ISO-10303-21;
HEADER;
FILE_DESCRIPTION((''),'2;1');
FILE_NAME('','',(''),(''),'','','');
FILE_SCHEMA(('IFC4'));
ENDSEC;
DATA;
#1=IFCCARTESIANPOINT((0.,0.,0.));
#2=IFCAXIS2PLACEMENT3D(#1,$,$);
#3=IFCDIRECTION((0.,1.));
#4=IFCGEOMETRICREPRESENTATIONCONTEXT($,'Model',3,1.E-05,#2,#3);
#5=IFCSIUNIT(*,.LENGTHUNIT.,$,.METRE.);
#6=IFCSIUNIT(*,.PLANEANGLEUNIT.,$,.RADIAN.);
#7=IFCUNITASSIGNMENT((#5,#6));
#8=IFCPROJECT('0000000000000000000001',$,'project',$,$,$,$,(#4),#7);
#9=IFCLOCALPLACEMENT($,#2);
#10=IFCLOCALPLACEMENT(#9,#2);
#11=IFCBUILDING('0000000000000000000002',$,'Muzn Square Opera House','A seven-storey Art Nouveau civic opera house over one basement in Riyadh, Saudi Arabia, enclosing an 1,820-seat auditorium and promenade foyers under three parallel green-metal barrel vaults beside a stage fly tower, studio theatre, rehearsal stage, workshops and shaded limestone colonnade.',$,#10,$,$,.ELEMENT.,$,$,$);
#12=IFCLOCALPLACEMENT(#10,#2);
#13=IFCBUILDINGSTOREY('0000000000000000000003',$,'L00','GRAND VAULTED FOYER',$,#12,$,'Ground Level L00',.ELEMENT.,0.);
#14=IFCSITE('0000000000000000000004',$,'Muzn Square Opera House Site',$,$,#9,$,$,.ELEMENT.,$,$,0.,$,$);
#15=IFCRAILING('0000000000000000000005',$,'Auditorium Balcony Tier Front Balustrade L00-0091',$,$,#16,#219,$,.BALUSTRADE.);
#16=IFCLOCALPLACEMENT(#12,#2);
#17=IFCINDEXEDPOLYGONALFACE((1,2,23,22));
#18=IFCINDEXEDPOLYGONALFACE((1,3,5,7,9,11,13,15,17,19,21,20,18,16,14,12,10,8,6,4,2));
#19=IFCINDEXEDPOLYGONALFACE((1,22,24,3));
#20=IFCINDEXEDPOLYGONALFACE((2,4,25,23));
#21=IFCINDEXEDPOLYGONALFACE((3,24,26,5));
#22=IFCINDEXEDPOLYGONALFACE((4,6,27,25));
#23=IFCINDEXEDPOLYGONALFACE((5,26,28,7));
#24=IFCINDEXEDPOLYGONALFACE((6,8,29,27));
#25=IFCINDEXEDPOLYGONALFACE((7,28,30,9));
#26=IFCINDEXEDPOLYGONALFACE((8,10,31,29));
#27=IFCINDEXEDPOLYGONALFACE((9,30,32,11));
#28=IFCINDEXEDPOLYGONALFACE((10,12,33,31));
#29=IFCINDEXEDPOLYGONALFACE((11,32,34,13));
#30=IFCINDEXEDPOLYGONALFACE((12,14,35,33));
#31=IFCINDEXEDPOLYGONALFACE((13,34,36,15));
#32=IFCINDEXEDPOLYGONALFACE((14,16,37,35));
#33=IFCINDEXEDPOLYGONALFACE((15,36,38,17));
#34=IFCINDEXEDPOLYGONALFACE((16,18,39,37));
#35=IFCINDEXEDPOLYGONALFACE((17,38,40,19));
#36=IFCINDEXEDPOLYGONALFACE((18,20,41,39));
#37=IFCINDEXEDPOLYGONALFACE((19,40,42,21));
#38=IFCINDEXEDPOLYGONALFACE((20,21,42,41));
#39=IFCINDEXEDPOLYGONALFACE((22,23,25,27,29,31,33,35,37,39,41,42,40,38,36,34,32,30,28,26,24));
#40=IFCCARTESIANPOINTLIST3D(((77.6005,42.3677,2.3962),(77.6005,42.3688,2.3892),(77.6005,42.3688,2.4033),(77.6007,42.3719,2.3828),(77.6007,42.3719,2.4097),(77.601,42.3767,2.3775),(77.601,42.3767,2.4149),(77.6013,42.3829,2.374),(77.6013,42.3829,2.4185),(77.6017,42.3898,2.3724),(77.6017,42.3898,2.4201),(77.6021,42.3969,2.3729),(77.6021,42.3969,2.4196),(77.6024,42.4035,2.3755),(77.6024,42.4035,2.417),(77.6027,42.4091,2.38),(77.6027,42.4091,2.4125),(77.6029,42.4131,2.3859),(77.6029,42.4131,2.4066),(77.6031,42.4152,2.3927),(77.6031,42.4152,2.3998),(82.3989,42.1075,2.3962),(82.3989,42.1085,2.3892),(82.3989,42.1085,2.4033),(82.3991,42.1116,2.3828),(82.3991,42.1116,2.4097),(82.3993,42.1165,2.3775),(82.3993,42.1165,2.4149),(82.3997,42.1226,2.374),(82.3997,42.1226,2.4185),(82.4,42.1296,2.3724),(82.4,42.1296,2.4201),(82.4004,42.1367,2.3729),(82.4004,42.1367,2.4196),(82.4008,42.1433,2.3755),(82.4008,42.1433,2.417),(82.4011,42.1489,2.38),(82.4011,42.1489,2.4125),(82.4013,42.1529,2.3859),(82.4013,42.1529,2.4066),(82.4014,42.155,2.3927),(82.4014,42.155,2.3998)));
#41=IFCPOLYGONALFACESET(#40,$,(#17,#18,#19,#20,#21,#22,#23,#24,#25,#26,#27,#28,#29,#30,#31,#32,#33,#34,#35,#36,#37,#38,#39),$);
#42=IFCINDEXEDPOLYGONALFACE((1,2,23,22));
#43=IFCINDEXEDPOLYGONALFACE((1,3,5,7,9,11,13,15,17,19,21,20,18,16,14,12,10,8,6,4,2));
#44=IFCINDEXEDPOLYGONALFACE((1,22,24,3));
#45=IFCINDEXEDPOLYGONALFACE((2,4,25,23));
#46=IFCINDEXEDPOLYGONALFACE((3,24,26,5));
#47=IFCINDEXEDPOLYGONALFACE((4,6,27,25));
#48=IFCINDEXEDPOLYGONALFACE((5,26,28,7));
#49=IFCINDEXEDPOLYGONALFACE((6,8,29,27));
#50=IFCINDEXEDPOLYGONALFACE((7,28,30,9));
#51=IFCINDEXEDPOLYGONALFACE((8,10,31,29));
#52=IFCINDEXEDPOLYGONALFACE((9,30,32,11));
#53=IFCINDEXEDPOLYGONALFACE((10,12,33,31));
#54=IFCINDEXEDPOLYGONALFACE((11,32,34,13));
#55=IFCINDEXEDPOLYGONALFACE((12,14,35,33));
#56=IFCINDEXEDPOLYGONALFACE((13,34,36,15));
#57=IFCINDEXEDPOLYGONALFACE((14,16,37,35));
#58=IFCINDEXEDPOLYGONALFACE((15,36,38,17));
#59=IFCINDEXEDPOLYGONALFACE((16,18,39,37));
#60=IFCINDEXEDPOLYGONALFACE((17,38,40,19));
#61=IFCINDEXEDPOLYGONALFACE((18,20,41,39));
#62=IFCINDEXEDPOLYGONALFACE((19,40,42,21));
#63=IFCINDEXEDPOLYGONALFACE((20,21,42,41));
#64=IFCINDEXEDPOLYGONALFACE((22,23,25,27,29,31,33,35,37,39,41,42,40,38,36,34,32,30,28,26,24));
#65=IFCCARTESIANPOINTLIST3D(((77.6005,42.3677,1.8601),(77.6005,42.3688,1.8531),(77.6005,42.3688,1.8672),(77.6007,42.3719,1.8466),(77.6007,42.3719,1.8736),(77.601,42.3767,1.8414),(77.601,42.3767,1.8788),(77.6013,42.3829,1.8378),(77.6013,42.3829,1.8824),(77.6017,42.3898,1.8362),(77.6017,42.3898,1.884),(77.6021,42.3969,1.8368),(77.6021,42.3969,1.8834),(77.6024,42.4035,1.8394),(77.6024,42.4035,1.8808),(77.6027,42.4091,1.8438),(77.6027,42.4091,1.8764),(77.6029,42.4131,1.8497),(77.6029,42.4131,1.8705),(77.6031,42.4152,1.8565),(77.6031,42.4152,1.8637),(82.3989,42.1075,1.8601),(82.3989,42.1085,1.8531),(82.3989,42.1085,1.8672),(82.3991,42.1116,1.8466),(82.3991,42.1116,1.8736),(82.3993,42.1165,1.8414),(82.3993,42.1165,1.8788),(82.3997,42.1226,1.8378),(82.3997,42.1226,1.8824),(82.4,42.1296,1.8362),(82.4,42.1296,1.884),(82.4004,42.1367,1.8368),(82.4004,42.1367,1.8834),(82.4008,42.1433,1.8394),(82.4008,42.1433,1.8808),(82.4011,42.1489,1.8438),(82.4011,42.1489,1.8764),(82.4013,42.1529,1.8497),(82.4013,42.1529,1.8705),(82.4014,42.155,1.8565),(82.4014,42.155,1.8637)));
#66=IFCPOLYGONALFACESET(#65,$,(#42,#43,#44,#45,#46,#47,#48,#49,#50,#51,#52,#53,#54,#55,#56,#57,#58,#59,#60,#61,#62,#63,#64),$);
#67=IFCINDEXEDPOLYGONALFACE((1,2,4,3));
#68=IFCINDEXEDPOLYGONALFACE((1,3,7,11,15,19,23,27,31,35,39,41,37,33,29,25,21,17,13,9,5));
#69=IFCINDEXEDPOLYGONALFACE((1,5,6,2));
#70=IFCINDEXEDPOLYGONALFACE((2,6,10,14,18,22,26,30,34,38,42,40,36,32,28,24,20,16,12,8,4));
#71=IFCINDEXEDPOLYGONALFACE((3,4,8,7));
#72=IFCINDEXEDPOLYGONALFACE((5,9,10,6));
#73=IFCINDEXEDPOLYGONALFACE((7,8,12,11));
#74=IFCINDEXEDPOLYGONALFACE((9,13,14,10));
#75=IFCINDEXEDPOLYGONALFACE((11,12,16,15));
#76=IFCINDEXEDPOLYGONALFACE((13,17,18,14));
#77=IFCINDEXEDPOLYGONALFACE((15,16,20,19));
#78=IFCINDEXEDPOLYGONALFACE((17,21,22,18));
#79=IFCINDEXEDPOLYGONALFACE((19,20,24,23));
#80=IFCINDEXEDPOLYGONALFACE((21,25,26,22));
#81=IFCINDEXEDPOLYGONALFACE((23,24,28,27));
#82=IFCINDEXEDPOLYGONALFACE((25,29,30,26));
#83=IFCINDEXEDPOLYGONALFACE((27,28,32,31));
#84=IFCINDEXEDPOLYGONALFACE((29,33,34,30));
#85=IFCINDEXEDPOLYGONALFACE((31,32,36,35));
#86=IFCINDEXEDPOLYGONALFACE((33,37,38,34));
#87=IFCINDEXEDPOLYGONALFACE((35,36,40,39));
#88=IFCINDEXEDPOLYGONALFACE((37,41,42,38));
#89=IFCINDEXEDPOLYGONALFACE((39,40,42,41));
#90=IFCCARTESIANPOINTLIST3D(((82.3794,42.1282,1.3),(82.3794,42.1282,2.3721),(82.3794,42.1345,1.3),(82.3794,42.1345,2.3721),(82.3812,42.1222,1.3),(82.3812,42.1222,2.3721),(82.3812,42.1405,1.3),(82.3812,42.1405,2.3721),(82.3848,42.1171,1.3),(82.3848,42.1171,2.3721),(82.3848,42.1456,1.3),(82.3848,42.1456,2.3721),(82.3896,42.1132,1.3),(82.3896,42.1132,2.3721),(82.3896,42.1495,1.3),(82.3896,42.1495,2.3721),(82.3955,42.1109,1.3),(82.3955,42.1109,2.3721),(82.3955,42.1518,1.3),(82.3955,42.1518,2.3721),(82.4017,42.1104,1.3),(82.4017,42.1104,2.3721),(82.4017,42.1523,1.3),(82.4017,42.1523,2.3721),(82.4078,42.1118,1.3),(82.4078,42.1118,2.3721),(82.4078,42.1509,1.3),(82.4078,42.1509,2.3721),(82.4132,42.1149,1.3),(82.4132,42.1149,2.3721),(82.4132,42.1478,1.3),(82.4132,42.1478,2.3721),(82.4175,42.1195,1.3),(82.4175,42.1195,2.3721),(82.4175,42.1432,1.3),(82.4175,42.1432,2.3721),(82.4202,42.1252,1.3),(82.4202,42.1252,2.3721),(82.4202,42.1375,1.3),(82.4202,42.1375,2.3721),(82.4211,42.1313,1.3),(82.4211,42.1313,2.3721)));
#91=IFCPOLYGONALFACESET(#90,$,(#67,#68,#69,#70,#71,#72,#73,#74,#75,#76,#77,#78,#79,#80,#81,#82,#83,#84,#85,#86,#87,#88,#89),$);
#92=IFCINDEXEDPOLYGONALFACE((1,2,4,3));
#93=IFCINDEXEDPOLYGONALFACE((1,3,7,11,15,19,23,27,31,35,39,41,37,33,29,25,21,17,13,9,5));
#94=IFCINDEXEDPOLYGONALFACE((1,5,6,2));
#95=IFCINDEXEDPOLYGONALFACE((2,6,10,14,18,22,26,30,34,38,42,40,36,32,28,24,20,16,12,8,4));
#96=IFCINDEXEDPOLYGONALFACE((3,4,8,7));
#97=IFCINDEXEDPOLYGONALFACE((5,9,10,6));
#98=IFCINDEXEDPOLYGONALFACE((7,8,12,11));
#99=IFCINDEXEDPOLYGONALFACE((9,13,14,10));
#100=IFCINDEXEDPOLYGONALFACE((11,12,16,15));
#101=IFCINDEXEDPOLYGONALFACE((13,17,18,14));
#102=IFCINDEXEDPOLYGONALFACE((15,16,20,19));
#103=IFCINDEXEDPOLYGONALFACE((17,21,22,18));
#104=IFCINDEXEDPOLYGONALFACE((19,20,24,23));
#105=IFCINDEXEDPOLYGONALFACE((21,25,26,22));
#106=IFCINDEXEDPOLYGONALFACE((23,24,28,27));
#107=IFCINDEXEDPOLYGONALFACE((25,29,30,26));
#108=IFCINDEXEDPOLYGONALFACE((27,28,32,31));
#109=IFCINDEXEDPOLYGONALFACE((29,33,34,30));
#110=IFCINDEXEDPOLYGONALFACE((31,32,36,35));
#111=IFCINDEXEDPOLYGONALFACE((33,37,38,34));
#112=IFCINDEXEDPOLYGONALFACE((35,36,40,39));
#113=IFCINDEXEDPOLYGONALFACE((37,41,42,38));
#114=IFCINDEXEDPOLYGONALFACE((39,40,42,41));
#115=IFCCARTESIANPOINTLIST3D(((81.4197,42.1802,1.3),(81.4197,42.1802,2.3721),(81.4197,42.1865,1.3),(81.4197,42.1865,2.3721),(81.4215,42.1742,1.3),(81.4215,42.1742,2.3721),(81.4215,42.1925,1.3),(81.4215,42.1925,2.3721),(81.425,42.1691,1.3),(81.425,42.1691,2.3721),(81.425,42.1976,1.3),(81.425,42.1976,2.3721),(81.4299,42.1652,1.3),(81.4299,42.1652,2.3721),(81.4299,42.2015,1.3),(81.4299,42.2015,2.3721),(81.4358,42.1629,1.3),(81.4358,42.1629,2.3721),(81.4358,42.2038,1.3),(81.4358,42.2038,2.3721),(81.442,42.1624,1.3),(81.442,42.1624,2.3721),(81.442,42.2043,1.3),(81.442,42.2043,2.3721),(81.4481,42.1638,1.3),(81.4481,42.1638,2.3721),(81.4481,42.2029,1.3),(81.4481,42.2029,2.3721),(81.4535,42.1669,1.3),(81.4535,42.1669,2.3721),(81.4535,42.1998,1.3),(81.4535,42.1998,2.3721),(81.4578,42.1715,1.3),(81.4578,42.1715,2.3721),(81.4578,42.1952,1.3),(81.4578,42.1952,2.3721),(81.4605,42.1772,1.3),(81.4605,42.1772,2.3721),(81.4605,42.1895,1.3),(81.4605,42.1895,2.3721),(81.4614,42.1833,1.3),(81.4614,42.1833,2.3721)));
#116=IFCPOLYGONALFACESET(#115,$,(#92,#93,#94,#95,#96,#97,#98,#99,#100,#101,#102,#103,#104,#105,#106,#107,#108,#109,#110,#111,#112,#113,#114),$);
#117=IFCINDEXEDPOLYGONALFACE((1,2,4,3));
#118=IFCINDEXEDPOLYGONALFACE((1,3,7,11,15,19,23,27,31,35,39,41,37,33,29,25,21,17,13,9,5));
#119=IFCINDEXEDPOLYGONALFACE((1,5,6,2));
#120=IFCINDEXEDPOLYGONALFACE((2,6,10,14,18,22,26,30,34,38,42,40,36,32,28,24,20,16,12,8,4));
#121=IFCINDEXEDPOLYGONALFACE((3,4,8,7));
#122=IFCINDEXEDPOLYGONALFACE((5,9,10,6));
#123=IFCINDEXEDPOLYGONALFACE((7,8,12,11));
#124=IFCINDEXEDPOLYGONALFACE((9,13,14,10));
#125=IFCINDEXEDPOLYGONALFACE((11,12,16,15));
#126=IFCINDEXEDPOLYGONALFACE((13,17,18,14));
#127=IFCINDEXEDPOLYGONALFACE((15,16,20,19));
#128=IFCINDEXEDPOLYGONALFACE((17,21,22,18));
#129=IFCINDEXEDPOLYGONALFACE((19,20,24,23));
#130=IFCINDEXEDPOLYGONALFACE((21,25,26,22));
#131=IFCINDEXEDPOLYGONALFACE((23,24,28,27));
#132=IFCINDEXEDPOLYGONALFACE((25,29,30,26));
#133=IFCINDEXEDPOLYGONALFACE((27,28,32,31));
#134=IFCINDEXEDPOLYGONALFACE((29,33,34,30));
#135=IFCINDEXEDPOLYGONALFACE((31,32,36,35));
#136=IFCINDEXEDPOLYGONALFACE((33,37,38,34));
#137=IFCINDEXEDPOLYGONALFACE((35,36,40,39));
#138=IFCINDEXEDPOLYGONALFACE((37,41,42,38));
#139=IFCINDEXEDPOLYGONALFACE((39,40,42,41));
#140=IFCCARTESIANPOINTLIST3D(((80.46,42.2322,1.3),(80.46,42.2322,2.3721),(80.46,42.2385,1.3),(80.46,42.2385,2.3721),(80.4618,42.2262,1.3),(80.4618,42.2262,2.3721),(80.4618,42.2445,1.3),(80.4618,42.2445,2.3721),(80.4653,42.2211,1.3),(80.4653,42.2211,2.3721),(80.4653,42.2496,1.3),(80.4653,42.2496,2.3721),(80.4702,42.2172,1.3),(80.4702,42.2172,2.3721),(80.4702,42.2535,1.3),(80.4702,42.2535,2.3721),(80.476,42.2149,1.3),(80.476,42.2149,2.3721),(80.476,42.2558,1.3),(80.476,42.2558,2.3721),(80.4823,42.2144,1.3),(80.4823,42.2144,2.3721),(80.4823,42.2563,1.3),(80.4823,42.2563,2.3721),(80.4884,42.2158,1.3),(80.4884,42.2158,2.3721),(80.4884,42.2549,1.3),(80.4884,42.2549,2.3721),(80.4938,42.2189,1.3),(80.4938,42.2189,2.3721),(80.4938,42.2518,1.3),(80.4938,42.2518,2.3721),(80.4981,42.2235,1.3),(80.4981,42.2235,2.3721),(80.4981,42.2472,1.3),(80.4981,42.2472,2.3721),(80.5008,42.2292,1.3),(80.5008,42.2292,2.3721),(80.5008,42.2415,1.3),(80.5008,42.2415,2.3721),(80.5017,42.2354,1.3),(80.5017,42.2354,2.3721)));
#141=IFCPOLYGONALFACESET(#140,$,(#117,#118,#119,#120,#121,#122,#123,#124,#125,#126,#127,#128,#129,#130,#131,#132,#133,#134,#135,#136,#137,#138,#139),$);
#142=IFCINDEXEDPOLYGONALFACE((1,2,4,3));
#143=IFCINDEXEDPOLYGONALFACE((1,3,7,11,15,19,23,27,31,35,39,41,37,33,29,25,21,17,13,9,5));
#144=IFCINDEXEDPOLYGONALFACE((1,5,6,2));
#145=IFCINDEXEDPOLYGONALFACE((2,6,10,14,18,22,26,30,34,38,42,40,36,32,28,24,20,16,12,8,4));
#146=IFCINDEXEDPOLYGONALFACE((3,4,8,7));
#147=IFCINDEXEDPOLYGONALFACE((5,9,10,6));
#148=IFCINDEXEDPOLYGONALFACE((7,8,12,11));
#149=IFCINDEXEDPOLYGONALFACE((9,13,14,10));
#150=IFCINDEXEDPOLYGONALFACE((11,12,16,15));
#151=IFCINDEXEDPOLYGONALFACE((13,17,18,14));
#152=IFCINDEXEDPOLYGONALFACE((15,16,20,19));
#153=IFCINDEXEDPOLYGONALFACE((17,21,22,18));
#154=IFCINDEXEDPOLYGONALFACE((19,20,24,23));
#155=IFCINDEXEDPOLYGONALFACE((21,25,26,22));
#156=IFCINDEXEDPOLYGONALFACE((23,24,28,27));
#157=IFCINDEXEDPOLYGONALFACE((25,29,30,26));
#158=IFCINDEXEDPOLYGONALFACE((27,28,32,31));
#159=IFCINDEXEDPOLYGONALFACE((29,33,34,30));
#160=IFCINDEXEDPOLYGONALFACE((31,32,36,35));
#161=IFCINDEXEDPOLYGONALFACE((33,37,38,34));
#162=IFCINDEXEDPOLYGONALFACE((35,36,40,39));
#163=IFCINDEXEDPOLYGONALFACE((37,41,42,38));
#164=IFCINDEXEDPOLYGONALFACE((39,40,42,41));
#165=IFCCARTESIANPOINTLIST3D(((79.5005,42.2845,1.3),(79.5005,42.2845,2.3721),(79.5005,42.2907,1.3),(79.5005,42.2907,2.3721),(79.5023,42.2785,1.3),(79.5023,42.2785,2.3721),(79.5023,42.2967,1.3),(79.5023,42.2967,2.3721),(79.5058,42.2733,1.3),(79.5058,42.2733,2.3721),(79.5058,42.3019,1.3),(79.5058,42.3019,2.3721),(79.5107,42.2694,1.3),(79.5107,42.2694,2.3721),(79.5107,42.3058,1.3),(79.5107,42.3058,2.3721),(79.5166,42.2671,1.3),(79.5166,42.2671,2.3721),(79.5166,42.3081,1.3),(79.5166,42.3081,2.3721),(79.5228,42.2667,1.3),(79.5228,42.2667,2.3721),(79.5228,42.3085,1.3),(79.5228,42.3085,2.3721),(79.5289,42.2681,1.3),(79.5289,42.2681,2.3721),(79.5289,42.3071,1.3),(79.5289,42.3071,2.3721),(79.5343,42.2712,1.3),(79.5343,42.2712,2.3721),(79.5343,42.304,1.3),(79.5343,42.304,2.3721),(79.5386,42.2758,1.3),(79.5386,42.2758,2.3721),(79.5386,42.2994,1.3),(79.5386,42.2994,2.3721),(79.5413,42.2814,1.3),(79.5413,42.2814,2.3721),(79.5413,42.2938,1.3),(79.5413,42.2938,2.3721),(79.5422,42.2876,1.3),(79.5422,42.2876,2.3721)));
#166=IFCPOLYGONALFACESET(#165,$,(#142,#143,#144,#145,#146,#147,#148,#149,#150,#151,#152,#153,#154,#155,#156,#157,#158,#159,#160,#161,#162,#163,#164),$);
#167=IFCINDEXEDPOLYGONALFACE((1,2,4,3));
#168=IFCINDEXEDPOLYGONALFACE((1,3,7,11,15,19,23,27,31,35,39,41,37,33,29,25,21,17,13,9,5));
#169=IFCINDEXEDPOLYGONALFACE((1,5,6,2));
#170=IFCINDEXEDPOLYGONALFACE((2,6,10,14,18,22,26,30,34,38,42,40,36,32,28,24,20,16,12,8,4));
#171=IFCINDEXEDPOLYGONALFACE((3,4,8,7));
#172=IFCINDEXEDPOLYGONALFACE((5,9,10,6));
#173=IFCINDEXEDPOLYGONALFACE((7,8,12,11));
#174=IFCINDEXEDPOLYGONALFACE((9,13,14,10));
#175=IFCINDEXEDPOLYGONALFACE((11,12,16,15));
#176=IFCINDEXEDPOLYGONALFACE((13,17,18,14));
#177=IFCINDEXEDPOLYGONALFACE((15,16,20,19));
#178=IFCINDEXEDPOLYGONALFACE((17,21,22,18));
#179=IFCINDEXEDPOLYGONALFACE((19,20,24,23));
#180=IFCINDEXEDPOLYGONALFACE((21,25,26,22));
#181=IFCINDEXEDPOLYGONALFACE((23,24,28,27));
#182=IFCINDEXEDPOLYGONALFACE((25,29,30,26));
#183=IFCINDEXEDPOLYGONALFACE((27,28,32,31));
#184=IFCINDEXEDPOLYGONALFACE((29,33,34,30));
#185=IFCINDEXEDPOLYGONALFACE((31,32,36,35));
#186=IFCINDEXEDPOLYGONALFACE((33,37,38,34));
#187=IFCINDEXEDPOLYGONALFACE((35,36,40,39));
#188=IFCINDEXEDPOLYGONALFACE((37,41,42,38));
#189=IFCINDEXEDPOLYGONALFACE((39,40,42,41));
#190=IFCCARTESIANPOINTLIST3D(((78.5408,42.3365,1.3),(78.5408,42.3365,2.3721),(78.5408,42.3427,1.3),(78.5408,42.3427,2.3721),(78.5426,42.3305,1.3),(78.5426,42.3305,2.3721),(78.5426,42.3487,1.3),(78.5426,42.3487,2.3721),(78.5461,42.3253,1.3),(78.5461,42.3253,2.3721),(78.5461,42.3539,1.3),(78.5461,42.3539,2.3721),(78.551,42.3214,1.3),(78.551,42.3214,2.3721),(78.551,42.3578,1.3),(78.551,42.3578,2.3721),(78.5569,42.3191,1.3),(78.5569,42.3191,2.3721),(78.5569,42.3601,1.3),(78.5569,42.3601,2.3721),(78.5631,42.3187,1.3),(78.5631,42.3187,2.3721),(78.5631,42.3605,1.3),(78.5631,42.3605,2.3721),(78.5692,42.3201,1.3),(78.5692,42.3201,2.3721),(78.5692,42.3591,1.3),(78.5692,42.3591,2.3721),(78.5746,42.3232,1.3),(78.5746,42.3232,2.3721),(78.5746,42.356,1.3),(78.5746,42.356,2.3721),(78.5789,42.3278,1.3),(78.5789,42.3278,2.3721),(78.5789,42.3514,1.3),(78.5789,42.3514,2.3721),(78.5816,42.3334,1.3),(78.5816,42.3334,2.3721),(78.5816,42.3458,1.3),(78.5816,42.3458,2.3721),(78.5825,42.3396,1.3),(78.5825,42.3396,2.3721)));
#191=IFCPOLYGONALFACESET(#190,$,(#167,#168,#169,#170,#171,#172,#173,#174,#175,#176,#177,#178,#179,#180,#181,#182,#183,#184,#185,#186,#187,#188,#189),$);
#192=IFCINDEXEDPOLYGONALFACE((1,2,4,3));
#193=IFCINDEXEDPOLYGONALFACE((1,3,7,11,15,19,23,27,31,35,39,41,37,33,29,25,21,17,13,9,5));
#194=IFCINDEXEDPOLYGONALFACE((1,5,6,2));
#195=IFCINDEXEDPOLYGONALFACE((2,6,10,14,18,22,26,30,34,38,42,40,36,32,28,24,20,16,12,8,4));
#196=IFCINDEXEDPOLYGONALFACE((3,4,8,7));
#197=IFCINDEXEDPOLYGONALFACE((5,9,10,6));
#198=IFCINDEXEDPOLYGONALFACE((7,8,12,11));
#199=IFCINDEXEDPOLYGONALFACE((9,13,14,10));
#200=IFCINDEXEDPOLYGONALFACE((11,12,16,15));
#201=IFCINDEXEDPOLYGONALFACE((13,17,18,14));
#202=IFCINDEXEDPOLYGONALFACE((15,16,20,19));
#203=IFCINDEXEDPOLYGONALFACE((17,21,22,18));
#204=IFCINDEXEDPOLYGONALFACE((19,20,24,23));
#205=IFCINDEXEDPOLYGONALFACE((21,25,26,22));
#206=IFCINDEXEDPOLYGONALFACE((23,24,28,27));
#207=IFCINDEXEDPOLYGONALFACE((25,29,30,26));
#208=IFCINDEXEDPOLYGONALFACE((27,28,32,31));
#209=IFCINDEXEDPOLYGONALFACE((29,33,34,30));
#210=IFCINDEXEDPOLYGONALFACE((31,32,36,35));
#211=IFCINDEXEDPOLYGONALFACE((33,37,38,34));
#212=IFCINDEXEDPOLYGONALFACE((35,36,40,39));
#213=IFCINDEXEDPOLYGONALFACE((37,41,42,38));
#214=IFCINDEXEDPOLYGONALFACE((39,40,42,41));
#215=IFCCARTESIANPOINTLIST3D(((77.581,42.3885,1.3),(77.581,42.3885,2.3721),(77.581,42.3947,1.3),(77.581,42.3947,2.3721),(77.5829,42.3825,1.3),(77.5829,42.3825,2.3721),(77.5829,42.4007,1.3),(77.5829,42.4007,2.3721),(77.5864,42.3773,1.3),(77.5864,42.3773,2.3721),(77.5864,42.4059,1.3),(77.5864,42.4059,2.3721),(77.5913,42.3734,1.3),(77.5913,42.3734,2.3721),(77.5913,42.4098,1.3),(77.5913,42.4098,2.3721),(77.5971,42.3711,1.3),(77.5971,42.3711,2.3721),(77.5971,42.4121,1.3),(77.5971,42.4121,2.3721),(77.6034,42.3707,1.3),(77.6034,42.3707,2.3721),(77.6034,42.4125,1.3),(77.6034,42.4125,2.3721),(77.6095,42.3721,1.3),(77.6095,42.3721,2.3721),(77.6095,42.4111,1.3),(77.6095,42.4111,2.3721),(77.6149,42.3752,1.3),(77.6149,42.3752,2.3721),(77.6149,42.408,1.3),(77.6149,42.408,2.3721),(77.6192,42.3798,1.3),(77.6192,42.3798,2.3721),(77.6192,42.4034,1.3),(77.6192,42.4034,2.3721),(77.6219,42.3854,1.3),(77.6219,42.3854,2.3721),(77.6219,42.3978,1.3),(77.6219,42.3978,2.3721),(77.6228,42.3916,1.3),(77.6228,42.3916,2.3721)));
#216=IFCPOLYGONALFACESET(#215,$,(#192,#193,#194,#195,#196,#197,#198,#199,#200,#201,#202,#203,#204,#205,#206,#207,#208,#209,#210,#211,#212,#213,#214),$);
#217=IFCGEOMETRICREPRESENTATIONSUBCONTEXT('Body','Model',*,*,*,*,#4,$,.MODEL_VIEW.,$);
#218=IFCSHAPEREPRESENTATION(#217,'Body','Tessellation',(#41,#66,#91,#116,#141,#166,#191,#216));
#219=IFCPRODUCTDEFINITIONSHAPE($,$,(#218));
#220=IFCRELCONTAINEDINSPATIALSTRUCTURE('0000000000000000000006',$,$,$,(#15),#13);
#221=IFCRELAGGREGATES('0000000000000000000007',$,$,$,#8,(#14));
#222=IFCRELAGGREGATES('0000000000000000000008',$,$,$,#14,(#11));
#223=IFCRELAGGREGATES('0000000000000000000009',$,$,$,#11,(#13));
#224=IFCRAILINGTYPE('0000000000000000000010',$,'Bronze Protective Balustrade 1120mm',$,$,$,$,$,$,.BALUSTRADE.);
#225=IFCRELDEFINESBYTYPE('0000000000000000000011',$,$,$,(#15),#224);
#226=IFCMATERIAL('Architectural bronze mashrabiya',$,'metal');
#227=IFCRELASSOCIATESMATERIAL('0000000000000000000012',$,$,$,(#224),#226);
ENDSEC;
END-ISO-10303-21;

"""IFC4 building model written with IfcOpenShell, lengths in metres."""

from ifc_helpers import new_model, si_unit, direction, frame, origin, origin_2d, place, context, subcontext, project, spatial, circle, extrude, material, type_object, element, save


model = new_model("IFC4")

# Units and contexts
model_context = context("Model", 3, precision=1e-05, world=origin(), true_north=direction((0.0, 1.0)))
body_context = subcontext(model_context, "Body", "Model", "MODEL_VIEW")
ifc_project = project(units=[si_unit("LENGTHUNIT", "METRE"), si_unit("PLANEANGLEUNIT", "RADIAN")], contexts=[model_context])

# Site, building, storey
site_placement = place(None, origin())
site = spatial("IfcSite", under=ifc_project, at=site_placement, Name="Muzn Square Opera House Site", CompositionType="ELEMENT", RefElevation=0.0)
building_placement = place(site_placement, origin())
building = spatial("IfcBuilding", under=site, at=building_placement, Name="Muzn Square Opera House", Description="A seven-storey Art Nouveau civic opera house over one basement in Riyadh, Saudi Arabia, enclosing an 1,820-seat auditorium and promenade foyers under three parallel green-metal barrel vaults beside a stage fly tower, studio theatre, rehearsal stage, workshops and shaded limestone colonnade.", CompositionType="ELEMENT")
storey_placement = place(building_placement, origin())
storey = spatial("IfcBuildingStorey", under=building, at=storey_placement, Name="L00", Description="GRAND VAULTED FOYER", LongName="Ground Level L00", CompositionType="ELEMENT", Elevation=0.0)

# Railing
ifc_material_1 = material(Name="Architectural bronze mashrabiya", Category="metal")
railing_type_1 = type_object("IfcRailingType", Name="Bronze Protective Balustrade 1120mm", PredefinedType="BALUSTRADE", material=ifc_material_1)
railing_1_placement = place(storey_placement, frame((82.4001, 42.1313, 1.3)))
element("IfcRailing", 1, at=railing_1_placement, inside=storey, type_object=railing_type_1, Name="Auditorium Balcony Tier Front Balustrade L00-0091", PredefinedType="BALUSTRADE", context=body_context, shape_type="SweptSolid", body=[
    extrude(circle(Radius=0.0239, at=origin_2d()), frame((0.0, 0.0, 1.0962), z_axis=(-0.998532, 0.054159, 0.0), x_axis=(-0.054159, -0.998532, 0.0)), (0.0, 0.0, 1.0), 4.8054),
    extrude(circle(Radius=0.0239, at=origin_2d()), frame((0.0, 0.0, 0.5601), z_axis=(-0.998532, 0.054159, 0.0), x_axis=(-0.054159, -0.998532, 0.0)), (0.0, 0.0, 1.0), 4.8054),
    extrude(circle(Radius=0.021, at=origin_2d()), origin(), (0.0, 0.0, 1.0), 1.072),
    extrude(circle(Radius=0.021, at=origin_2d()), frame((-0.9597, 0.052, 0.0)), (0.0, 0.0, 1.0), 1.072),
    extrude(circle(Radius=0.021, at=origin_2d()), frame((-1.9194, 0.104, 0.0)), (0.0, 0.0, 1.0), 1.072),
    extrude(circle(Radius=0.021, at=origin_2d()), frame((-2.8789, 0.1562, 0.0)), (0.0, 0.0, 1.0), 1.072),
    extrude(circle(Radius=0.021, at=origin_2d()), frame((-3.8386, 0.2083, 0.0)), (0.0, 0.0, 1.0), 1.072),
    extrude(circle(Radius=0.021, at=origin_2d()), frame((-4.7983, 0.2603, 0.0)), (0.0, 0.0, 1.0), 1.072),
])

save(model, "model.ifc")
